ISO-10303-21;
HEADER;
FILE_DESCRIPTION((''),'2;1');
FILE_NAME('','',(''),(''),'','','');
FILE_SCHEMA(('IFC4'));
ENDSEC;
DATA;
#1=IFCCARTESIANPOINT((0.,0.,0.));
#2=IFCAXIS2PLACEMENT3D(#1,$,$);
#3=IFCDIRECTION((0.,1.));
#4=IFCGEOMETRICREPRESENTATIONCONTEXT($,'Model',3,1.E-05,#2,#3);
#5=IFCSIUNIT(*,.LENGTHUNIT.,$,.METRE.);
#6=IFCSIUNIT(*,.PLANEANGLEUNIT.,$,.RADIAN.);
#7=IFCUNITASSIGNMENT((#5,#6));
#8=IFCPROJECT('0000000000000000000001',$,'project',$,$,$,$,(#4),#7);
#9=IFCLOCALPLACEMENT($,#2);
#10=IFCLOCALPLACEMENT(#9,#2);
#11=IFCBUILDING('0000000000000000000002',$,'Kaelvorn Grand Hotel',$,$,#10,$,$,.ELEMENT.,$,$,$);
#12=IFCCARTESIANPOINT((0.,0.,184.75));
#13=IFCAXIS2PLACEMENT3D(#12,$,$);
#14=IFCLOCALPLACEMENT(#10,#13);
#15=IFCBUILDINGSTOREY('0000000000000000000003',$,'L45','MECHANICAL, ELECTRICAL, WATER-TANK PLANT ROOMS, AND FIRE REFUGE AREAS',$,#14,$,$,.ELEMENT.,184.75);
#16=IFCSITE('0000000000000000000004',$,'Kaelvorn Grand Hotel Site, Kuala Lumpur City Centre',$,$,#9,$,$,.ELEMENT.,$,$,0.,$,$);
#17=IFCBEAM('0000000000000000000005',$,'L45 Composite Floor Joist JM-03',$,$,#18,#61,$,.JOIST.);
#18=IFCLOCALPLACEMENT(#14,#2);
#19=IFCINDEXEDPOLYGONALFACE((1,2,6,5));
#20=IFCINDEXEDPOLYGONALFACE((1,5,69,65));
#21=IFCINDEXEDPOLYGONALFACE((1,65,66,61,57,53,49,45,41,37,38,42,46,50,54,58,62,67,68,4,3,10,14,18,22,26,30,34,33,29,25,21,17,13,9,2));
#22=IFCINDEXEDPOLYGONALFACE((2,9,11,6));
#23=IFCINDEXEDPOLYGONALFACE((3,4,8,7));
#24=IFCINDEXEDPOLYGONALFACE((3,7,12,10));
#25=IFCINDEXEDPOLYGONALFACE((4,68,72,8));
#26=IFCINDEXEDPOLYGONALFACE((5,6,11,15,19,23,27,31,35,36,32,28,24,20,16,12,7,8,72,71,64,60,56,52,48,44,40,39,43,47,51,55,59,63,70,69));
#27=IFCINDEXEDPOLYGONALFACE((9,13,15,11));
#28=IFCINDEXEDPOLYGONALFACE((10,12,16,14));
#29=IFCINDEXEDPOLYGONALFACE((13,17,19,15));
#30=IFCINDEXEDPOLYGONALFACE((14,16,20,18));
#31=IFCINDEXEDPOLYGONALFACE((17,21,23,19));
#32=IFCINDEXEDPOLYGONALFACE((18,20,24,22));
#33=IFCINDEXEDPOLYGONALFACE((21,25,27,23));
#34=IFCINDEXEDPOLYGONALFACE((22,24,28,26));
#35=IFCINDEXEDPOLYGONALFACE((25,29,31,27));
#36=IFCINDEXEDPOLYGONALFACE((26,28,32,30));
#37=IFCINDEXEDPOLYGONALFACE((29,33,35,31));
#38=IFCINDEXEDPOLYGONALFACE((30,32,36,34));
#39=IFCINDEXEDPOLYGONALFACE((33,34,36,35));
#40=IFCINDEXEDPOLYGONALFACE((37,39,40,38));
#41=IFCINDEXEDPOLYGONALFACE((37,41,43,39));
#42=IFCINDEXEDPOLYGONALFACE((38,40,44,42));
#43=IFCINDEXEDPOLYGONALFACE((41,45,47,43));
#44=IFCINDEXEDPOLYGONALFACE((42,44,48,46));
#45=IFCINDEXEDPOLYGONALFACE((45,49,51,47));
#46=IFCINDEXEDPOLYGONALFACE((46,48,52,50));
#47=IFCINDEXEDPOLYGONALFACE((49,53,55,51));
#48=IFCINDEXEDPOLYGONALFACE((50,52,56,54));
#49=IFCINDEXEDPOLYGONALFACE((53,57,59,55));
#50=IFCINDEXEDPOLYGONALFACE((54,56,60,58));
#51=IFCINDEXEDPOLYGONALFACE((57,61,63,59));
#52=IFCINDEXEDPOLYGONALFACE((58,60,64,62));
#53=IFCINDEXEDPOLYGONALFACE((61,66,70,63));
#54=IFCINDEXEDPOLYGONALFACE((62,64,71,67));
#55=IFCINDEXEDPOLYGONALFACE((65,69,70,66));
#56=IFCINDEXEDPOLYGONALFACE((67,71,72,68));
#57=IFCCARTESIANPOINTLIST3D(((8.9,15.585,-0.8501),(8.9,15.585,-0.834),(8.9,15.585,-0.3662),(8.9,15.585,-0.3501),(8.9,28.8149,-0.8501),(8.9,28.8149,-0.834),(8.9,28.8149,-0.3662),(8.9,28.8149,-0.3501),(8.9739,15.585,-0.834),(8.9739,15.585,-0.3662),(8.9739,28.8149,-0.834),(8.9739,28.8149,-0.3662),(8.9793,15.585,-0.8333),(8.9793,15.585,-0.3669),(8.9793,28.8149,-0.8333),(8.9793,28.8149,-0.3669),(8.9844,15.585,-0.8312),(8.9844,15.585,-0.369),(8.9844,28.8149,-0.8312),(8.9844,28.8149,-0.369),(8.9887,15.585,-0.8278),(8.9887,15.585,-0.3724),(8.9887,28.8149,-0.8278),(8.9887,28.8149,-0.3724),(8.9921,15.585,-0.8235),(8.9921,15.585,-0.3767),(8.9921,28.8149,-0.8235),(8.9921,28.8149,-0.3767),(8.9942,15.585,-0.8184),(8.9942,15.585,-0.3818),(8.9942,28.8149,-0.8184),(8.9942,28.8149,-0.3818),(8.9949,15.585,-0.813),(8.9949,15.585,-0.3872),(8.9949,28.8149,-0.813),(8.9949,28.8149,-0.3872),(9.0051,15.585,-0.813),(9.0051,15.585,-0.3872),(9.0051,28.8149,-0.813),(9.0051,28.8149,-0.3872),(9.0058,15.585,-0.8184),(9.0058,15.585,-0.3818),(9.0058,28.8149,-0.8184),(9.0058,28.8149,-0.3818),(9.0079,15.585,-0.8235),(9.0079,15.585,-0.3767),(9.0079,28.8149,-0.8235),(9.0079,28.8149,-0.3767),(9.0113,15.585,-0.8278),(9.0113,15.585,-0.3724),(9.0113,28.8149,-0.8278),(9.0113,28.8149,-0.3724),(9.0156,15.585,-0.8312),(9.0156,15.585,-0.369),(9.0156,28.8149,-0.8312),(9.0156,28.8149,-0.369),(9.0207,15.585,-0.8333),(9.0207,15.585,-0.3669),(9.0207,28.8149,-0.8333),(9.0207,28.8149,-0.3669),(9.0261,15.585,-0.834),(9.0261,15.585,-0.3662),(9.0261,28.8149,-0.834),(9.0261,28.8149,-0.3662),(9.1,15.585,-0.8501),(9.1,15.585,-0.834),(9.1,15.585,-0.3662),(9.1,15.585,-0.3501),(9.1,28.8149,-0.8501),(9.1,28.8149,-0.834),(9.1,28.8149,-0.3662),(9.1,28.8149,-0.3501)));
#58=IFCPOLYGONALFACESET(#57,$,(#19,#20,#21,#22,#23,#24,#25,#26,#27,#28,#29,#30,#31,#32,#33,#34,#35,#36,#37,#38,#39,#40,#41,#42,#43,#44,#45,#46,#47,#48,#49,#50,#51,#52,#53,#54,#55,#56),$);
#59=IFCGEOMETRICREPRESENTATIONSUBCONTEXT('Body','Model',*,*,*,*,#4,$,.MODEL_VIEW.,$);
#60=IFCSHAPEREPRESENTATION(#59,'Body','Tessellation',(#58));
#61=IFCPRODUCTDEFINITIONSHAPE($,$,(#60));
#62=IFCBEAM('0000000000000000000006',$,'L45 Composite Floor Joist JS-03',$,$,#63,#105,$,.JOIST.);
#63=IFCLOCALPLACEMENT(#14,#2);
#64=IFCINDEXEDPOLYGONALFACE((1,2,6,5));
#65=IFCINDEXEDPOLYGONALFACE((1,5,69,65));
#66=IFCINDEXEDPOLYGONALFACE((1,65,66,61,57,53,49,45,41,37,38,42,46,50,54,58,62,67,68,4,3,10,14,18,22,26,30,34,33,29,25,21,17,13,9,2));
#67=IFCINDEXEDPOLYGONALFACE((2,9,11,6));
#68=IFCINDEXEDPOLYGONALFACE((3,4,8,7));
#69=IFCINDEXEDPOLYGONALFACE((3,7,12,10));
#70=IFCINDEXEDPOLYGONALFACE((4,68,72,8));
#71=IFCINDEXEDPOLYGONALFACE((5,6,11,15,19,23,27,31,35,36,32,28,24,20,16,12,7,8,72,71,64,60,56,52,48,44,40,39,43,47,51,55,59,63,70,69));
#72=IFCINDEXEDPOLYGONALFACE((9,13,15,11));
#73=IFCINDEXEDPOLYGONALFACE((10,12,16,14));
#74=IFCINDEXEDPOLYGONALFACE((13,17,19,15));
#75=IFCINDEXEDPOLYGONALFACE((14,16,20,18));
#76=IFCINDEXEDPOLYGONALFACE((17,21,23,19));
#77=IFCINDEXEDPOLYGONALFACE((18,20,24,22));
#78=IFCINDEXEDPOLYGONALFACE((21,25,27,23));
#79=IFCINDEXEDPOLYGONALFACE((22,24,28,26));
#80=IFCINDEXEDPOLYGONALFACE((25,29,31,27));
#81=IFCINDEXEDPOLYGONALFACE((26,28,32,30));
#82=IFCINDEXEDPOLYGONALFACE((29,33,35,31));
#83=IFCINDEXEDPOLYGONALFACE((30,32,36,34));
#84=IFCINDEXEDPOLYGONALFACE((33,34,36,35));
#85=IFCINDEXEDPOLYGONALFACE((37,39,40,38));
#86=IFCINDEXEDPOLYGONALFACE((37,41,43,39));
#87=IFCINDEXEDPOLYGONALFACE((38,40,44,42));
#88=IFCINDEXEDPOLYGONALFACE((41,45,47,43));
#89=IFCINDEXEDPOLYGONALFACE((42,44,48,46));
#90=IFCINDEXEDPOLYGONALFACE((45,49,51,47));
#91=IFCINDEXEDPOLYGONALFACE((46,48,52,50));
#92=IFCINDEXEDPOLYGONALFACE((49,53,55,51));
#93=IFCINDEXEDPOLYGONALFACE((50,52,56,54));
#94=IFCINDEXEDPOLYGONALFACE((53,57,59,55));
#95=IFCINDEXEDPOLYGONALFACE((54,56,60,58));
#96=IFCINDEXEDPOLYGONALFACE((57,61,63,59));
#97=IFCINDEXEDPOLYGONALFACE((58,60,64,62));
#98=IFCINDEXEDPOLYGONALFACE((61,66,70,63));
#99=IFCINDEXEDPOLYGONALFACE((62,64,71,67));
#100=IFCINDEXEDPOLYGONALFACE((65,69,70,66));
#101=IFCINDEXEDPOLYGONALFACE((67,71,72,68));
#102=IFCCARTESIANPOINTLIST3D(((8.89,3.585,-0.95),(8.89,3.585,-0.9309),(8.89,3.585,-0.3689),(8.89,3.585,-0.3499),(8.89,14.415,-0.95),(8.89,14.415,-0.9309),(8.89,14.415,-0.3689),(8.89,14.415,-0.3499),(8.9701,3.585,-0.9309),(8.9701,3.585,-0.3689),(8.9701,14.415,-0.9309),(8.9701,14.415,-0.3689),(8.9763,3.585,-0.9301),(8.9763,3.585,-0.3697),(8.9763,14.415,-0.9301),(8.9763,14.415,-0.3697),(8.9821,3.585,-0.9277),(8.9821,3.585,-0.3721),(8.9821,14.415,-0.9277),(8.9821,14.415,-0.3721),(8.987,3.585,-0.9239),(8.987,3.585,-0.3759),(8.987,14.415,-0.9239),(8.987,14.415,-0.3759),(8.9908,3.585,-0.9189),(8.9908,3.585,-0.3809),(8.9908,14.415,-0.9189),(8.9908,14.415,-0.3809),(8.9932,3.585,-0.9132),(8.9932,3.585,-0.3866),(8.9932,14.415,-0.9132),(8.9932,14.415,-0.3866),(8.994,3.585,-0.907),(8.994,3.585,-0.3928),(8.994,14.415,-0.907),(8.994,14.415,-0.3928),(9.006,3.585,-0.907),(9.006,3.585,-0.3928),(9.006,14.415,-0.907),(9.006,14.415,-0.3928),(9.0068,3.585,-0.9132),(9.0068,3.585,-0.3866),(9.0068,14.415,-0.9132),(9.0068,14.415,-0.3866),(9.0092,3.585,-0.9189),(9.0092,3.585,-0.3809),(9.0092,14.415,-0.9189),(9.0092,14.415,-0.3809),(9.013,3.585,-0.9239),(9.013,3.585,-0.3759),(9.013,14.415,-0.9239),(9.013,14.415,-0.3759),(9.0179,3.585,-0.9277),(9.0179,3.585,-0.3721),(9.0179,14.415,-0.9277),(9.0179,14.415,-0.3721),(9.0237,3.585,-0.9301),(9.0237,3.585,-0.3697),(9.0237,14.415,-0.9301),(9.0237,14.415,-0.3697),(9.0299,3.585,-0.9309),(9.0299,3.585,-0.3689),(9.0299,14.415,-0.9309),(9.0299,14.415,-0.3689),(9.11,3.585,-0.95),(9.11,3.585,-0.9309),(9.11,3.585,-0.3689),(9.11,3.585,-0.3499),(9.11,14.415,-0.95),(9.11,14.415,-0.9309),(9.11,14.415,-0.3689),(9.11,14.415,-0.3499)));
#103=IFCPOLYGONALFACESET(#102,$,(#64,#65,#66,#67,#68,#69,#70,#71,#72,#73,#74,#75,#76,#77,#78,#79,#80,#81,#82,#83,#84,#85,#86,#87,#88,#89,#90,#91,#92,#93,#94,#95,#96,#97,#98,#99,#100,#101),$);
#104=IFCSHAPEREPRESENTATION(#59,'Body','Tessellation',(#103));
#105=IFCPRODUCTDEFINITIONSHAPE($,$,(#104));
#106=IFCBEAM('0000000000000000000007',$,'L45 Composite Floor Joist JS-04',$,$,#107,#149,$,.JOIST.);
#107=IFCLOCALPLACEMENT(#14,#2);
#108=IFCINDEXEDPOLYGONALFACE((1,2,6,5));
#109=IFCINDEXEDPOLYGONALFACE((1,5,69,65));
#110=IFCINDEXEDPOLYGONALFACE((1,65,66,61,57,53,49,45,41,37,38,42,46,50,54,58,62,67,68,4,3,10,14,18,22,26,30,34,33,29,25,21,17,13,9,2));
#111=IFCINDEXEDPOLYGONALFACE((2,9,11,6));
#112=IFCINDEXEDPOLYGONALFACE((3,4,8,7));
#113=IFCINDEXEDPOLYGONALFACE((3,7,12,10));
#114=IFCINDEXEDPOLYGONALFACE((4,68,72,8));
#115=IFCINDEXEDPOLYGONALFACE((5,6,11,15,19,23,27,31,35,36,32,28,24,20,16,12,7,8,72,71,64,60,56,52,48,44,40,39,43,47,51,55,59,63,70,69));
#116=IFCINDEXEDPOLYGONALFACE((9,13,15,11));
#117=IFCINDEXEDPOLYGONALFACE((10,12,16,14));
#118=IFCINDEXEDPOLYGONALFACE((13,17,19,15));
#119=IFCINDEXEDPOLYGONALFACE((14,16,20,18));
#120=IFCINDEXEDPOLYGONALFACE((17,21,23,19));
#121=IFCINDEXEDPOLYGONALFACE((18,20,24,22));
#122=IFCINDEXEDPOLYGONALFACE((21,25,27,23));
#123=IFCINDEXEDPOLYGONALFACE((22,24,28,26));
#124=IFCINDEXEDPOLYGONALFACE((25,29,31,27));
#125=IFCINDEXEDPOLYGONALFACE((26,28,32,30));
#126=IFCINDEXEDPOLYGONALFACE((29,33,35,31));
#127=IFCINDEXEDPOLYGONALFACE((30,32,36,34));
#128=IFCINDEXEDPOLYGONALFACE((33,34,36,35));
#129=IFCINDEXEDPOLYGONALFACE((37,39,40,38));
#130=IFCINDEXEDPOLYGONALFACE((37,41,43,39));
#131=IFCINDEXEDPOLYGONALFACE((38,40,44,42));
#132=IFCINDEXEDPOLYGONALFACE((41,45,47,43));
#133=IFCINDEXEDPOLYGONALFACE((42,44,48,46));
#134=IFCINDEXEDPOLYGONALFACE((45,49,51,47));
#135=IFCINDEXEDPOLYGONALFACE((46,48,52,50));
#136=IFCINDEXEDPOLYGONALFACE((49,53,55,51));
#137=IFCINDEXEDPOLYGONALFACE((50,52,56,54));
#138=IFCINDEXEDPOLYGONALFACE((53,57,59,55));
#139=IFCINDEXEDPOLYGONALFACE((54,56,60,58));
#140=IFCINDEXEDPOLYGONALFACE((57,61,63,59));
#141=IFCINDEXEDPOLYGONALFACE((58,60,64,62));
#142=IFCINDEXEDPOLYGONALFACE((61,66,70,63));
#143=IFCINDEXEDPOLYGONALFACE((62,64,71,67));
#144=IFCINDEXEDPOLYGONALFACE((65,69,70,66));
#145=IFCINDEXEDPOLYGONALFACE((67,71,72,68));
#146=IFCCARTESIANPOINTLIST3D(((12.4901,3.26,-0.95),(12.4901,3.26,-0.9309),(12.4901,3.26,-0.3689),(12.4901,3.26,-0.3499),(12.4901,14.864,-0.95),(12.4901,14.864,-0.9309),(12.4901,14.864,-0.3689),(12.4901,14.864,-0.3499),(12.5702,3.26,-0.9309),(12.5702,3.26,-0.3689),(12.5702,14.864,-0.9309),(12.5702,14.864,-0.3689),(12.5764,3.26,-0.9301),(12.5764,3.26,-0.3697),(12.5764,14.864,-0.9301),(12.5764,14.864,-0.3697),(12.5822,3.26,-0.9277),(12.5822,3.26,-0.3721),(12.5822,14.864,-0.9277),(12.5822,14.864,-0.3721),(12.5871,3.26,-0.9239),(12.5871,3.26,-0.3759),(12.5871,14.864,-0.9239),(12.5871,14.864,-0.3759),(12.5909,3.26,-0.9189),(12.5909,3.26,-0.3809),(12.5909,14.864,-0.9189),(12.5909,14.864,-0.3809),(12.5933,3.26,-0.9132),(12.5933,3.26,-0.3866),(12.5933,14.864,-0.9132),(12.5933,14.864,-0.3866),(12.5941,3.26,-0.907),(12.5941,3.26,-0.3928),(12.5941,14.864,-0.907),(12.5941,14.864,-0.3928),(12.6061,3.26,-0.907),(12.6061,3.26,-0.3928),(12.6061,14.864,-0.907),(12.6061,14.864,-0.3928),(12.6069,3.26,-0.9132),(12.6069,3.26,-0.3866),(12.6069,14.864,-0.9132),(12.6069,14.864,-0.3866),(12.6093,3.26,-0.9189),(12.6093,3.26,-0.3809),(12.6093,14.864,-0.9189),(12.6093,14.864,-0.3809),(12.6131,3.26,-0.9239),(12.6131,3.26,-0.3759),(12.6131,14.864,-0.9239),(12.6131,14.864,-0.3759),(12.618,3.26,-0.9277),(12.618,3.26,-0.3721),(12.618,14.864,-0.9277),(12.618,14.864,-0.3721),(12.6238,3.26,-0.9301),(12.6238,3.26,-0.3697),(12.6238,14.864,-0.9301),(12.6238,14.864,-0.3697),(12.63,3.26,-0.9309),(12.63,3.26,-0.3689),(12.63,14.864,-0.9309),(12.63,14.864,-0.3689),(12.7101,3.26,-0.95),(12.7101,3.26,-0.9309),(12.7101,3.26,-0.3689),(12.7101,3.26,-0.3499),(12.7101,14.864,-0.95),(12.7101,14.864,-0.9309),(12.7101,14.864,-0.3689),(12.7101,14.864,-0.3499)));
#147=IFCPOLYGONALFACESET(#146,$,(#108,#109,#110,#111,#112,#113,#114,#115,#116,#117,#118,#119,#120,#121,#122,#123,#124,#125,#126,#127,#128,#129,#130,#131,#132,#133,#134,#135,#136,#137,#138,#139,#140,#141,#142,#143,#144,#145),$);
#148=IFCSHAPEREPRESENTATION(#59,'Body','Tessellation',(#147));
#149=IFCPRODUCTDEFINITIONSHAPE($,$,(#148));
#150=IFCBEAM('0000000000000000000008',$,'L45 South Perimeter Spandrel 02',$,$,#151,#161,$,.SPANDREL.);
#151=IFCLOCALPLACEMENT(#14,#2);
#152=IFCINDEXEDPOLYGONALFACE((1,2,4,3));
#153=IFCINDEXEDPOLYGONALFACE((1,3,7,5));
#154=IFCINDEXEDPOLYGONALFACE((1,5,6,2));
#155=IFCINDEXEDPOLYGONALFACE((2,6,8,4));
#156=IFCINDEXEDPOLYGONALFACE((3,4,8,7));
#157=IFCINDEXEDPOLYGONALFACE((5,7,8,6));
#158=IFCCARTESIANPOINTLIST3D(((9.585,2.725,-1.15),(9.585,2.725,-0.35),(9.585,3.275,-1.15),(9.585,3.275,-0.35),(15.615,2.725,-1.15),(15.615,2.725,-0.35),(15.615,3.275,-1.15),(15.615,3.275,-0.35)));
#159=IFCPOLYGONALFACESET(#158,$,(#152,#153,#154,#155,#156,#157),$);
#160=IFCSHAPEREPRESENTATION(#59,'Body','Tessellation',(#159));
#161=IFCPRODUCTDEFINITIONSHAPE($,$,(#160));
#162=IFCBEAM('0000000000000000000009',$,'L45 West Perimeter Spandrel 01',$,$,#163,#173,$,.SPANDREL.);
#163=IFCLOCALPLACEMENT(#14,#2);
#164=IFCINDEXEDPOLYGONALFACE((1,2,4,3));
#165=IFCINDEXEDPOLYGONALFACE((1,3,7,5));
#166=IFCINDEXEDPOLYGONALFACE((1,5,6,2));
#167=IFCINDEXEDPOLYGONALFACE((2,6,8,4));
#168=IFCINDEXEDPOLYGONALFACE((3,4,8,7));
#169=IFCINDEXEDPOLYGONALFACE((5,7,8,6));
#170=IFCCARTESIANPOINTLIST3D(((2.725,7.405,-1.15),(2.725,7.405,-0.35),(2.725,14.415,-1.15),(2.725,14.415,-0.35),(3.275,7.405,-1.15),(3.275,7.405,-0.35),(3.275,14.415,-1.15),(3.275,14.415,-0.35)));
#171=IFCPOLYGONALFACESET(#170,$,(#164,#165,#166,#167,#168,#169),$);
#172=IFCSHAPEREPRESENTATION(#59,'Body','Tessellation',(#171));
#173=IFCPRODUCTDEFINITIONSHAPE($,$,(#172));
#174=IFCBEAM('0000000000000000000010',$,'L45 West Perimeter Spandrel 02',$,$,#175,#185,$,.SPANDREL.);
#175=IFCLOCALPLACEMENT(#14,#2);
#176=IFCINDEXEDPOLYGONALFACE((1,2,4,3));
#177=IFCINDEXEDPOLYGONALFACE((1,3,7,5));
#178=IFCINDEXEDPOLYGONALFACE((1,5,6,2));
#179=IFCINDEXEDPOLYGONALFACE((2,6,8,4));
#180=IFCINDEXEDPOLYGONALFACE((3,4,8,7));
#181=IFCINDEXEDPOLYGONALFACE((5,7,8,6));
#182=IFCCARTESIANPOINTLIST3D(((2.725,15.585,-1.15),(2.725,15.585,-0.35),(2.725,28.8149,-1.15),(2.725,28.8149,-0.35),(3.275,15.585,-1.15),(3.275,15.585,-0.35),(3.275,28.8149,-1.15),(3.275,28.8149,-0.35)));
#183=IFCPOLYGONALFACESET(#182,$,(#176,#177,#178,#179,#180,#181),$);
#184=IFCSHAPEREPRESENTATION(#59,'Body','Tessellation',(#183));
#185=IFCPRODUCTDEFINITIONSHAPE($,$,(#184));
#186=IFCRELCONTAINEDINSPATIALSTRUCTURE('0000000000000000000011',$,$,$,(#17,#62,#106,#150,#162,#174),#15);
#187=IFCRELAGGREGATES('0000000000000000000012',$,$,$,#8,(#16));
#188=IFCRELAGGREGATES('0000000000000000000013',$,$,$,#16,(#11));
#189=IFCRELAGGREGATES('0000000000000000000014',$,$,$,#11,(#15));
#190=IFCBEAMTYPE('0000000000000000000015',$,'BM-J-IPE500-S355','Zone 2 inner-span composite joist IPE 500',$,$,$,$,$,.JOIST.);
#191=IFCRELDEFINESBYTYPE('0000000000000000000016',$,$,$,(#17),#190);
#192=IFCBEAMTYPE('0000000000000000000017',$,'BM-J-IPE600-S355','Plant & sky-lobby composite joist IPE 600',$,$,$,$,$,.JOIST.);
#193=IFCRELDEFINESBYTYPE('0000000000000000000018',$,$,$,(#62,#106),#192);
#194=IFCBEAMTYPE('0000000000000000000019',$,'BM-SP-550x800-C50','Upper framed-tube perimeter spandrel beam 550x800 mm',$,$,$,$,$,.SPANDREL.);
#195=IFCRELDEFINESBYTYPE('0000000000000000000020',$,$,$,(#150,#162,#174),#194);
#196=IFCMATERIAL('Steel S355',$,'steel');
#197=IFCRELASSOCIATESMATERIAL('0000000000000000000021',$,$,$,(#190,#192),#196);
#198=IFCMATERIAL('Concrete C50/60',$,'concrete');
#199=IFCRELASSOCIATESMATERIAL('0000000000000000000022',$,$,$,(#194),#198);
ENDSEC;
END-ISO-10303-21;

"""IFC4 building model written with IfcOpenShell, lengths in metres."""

from ifc_helpers import new_model, si_unit, direction, frame, origin, origin_2d, place, context, subcontext, project, spatial, rectangle, i_section, extrude, material, material_profile, profile_set, type_object, element, save


model = new_model("IFC4")

# Units and contexts
model_context = context("Model", 3, precision=1e-05, world=origin(), true_north=direction((0.0, 1.0)))
body_context = subcontext(model_context, "Body", "Model", "MODEL_VIEW")
ifc_project = project(units=[si_unit("LENGTHUNIT", "METRE"), si_unit("PLANEANGLEUNIT", "RADIAN")], contexts=[model_context])

# Site, building, storey
site_placement = place(None, origin())
site = spatial("IfcSite", under=ifc_project, at=site_placement, Name="Kaelvorn Grand Hotel Site, Kuala Lumpur City Centre", CompositionType="ELEMENT", RefElevation=0.0)
building_placement = place(site_placement, origin())
building = spatial("IfcBuilding", under=site, at=building_placement, Name="Kaelvorn Grand Hotel", CompositionType="ELEMENT")
storey_placement = place(building_placement, frame((0.0, 0.0, 184.75)))
storey = spatial("IfcBuildingStorey", under=building, at=storey_placement, Name="L45", Description="MECHANICAL, ELECTRICAL, WATER-TANK PLANT ROOMS, AND FIRE REFUGE AREAS", CompositionType="ELEMENT", Elevation=184.75)

# Beams
ifc_material_1 = material(Name="Steel S355", Category="steel")
ifc_material_profile_1 = material_profile(ifc_material_1, i_section(OverallWidth=0.2, OverallDepth=0.5, WebThickness=0.0103, FlangeThickness=0.0161, FilletRadius=0.021, at=origin_2d()), Name="IPE 500")
ifc_profile_set_1 = profile_set([ifc_material_profile_1], Name="Steel S355")
beam_type_1 = type_object("IfcBeamType", Name="BM-J-IPE500-S355", Description="Zone 2 inner-span composite joist IPE 500", PredefinedType="JOIST", material=ifc_profile_set_1)
beam_1_placement = place(storey_placement, frame((9.0, 15.585, -0.6001), z_axis=(0.0, 1.0, 0.0), x_axis=(-1.0, 0.0, 0.0)))
element("IfcBeam", 1, at=beam_1_placement, inside=storey, type_object=beam_type_1, Name="L45 Composite Floor Joist JM-03", PredefinedType="JOIST", context=body_context, shape_type="SweptSolid", body=[
    extrude(i_section(OverallWidth=0.2, OverallDepth=0.5, WebThickness=0.0103, FlangeThickness=0.0161, FilletRadius=0.021, at=origin_2d()), origin(), (0.0, 0.0, 1.0), 13.23),
])
ifc_material_profile_2 = material_profile(ifc_material_1, i_section(OverallWidth=0.22, OverallDepth=0.6001, WebThickness=0.012, FlangeThickness=0.019, FilletRadius=0.0239, at=origin_2d()), Name="IPE 600")
ifc_profile_set_2 = profile_set([ifc_material_profile_2], Name="Steel S355")
beam_type_2 = type_object("IfcBeamType", Name="BM-J-IPE600-S355", Description="Plant & sky-lobby composite joist IPE 600", PredefinedType="JOIST", material=ifc_profile_set_2)
beam_2_placement = place(storey_placement, frame((9.0, 3.585, -0.6499), z_axis=(0.0, 1.0, 0.0), x_axis=(-1.0, 0.0, 0.0)))
element("IfcBeam", 2, at=beam_2_placement, inside=storey, type_object=beam_type_2, Name="L45 Composite Floor Joist JS-03", PredefinedType="JOIST", context=body_context, shape_type="SweptSolid", body=[
    extrude(i_section(OverallWidth=0.22, OverallDepth=0.6001, WebThickness=0.012, FlangeThickness=0.019, FilletRadius=0.0239, at=origin_2d()), origin(), (0.0, 0.0, 1.0), 10.8301),
])
beam_3_placement = place(storey_placement, frame((12.6001, 3.26, -0.6499), z_axis=(0.0, 1.0, 0.0), x_axis=(-1.0, 0.0, 0.0)))
element("IfcBeam", 3, at=beam_3_placement, inside=storey, type_object=beam_type_2, Name="L45 Composite Floor Joist JS-04", PredefinedType="JOIST", context=body_context, shape_type="SweptSolid", body=[
    extrude(i_section(OverallWidth=0.22, OverallDepth=0.6001, WebThickness=0.012, FlangeThickness=0.019, FilletRadius=0.0239, at=origin_2d()), origin(), (0.0, 0.0, 1.0), 11.604),
])
ifc_material_2 = material(Name="Concrete C50/60", Category="concrete")
ifc_material_profile_3 = material_profile(ifc_material_2, rectangle(XDim=0.55, YDim=0.8, at=origin_2d()), Name="RC SPANDREL 550x800")
ifc_profile_set_3 = profile_set([ifc_material_profile_3], Name="Concrete C50/60")
beam_type_3 = type_object("IfcBeamType", Name="BM-SP-550x800-C50", Description="Upper framed-tube perimeter spandrel beam 550x800 mm", PredefinedType="SPANDREL", material=ifc_profile_set_3)
beam_4_placement = place(storey_placement, frame((9.585, 3.0, -0.75), z_axis=(1.0, 0.0, 0.0), x_axis=(0.0, 1.0, 0.0)))
element("IfcBeam", 4, at=beam_4_placement, inside=storey, type_object=beam_type_3, Name="L45 South Perimeter Spandrel 02", PredefinedType="SPANDREL", context=body_context, shape_type="SweptSolid", body=[
    extrude(rectangle(XDim=0.55, YDim=0.8, at=origin_2d()), origin(), (0.0, 0.0, 1.0), 6.03),
])
beam_5_placement = place(storey_placement, frame((3.0, 7.405, -0.75), z_axis=(0.0, 1.0, 0.0), x_axis=(-1.0, 0.0, 0.0)))
element("IfcBeam", 5, at=beam_5_placement, inside=storey, type_object=beam_type_3, Name="L45 West Perimeter Spandrel 01", PredefinedType="SPANDREL", context=body_context, shape_type="SweptSolid", body=[
    extrude(rectangle(XDim=0.55, YDim=0.8, at=origin_2d()), origin(), (0.0, 0.0, 1.0), 7.01),
])
beam_6_placement = place(storey_placement, frame((3.0, 15.585, -0.75), z_axis=(0.0, 1.0, 0.0), x_axis=(-1.0, 0.0, 0.0)))
element("IfcBeam", 6, at=beam_6_placement, inside=storey, type_object=beam_type_3, Name="L45 West Perimeter Spandrel 02", PredefinedType="SPANDREL", context=body_context, shape_type="SweptSolid", body=[
    extrude(rectangle(XDim=0.55, YDim=0.8, at=origin_2d()), origin(), (0.0, 0.0, 1.0), 13.23),
])

save(model, "model.ifc")
